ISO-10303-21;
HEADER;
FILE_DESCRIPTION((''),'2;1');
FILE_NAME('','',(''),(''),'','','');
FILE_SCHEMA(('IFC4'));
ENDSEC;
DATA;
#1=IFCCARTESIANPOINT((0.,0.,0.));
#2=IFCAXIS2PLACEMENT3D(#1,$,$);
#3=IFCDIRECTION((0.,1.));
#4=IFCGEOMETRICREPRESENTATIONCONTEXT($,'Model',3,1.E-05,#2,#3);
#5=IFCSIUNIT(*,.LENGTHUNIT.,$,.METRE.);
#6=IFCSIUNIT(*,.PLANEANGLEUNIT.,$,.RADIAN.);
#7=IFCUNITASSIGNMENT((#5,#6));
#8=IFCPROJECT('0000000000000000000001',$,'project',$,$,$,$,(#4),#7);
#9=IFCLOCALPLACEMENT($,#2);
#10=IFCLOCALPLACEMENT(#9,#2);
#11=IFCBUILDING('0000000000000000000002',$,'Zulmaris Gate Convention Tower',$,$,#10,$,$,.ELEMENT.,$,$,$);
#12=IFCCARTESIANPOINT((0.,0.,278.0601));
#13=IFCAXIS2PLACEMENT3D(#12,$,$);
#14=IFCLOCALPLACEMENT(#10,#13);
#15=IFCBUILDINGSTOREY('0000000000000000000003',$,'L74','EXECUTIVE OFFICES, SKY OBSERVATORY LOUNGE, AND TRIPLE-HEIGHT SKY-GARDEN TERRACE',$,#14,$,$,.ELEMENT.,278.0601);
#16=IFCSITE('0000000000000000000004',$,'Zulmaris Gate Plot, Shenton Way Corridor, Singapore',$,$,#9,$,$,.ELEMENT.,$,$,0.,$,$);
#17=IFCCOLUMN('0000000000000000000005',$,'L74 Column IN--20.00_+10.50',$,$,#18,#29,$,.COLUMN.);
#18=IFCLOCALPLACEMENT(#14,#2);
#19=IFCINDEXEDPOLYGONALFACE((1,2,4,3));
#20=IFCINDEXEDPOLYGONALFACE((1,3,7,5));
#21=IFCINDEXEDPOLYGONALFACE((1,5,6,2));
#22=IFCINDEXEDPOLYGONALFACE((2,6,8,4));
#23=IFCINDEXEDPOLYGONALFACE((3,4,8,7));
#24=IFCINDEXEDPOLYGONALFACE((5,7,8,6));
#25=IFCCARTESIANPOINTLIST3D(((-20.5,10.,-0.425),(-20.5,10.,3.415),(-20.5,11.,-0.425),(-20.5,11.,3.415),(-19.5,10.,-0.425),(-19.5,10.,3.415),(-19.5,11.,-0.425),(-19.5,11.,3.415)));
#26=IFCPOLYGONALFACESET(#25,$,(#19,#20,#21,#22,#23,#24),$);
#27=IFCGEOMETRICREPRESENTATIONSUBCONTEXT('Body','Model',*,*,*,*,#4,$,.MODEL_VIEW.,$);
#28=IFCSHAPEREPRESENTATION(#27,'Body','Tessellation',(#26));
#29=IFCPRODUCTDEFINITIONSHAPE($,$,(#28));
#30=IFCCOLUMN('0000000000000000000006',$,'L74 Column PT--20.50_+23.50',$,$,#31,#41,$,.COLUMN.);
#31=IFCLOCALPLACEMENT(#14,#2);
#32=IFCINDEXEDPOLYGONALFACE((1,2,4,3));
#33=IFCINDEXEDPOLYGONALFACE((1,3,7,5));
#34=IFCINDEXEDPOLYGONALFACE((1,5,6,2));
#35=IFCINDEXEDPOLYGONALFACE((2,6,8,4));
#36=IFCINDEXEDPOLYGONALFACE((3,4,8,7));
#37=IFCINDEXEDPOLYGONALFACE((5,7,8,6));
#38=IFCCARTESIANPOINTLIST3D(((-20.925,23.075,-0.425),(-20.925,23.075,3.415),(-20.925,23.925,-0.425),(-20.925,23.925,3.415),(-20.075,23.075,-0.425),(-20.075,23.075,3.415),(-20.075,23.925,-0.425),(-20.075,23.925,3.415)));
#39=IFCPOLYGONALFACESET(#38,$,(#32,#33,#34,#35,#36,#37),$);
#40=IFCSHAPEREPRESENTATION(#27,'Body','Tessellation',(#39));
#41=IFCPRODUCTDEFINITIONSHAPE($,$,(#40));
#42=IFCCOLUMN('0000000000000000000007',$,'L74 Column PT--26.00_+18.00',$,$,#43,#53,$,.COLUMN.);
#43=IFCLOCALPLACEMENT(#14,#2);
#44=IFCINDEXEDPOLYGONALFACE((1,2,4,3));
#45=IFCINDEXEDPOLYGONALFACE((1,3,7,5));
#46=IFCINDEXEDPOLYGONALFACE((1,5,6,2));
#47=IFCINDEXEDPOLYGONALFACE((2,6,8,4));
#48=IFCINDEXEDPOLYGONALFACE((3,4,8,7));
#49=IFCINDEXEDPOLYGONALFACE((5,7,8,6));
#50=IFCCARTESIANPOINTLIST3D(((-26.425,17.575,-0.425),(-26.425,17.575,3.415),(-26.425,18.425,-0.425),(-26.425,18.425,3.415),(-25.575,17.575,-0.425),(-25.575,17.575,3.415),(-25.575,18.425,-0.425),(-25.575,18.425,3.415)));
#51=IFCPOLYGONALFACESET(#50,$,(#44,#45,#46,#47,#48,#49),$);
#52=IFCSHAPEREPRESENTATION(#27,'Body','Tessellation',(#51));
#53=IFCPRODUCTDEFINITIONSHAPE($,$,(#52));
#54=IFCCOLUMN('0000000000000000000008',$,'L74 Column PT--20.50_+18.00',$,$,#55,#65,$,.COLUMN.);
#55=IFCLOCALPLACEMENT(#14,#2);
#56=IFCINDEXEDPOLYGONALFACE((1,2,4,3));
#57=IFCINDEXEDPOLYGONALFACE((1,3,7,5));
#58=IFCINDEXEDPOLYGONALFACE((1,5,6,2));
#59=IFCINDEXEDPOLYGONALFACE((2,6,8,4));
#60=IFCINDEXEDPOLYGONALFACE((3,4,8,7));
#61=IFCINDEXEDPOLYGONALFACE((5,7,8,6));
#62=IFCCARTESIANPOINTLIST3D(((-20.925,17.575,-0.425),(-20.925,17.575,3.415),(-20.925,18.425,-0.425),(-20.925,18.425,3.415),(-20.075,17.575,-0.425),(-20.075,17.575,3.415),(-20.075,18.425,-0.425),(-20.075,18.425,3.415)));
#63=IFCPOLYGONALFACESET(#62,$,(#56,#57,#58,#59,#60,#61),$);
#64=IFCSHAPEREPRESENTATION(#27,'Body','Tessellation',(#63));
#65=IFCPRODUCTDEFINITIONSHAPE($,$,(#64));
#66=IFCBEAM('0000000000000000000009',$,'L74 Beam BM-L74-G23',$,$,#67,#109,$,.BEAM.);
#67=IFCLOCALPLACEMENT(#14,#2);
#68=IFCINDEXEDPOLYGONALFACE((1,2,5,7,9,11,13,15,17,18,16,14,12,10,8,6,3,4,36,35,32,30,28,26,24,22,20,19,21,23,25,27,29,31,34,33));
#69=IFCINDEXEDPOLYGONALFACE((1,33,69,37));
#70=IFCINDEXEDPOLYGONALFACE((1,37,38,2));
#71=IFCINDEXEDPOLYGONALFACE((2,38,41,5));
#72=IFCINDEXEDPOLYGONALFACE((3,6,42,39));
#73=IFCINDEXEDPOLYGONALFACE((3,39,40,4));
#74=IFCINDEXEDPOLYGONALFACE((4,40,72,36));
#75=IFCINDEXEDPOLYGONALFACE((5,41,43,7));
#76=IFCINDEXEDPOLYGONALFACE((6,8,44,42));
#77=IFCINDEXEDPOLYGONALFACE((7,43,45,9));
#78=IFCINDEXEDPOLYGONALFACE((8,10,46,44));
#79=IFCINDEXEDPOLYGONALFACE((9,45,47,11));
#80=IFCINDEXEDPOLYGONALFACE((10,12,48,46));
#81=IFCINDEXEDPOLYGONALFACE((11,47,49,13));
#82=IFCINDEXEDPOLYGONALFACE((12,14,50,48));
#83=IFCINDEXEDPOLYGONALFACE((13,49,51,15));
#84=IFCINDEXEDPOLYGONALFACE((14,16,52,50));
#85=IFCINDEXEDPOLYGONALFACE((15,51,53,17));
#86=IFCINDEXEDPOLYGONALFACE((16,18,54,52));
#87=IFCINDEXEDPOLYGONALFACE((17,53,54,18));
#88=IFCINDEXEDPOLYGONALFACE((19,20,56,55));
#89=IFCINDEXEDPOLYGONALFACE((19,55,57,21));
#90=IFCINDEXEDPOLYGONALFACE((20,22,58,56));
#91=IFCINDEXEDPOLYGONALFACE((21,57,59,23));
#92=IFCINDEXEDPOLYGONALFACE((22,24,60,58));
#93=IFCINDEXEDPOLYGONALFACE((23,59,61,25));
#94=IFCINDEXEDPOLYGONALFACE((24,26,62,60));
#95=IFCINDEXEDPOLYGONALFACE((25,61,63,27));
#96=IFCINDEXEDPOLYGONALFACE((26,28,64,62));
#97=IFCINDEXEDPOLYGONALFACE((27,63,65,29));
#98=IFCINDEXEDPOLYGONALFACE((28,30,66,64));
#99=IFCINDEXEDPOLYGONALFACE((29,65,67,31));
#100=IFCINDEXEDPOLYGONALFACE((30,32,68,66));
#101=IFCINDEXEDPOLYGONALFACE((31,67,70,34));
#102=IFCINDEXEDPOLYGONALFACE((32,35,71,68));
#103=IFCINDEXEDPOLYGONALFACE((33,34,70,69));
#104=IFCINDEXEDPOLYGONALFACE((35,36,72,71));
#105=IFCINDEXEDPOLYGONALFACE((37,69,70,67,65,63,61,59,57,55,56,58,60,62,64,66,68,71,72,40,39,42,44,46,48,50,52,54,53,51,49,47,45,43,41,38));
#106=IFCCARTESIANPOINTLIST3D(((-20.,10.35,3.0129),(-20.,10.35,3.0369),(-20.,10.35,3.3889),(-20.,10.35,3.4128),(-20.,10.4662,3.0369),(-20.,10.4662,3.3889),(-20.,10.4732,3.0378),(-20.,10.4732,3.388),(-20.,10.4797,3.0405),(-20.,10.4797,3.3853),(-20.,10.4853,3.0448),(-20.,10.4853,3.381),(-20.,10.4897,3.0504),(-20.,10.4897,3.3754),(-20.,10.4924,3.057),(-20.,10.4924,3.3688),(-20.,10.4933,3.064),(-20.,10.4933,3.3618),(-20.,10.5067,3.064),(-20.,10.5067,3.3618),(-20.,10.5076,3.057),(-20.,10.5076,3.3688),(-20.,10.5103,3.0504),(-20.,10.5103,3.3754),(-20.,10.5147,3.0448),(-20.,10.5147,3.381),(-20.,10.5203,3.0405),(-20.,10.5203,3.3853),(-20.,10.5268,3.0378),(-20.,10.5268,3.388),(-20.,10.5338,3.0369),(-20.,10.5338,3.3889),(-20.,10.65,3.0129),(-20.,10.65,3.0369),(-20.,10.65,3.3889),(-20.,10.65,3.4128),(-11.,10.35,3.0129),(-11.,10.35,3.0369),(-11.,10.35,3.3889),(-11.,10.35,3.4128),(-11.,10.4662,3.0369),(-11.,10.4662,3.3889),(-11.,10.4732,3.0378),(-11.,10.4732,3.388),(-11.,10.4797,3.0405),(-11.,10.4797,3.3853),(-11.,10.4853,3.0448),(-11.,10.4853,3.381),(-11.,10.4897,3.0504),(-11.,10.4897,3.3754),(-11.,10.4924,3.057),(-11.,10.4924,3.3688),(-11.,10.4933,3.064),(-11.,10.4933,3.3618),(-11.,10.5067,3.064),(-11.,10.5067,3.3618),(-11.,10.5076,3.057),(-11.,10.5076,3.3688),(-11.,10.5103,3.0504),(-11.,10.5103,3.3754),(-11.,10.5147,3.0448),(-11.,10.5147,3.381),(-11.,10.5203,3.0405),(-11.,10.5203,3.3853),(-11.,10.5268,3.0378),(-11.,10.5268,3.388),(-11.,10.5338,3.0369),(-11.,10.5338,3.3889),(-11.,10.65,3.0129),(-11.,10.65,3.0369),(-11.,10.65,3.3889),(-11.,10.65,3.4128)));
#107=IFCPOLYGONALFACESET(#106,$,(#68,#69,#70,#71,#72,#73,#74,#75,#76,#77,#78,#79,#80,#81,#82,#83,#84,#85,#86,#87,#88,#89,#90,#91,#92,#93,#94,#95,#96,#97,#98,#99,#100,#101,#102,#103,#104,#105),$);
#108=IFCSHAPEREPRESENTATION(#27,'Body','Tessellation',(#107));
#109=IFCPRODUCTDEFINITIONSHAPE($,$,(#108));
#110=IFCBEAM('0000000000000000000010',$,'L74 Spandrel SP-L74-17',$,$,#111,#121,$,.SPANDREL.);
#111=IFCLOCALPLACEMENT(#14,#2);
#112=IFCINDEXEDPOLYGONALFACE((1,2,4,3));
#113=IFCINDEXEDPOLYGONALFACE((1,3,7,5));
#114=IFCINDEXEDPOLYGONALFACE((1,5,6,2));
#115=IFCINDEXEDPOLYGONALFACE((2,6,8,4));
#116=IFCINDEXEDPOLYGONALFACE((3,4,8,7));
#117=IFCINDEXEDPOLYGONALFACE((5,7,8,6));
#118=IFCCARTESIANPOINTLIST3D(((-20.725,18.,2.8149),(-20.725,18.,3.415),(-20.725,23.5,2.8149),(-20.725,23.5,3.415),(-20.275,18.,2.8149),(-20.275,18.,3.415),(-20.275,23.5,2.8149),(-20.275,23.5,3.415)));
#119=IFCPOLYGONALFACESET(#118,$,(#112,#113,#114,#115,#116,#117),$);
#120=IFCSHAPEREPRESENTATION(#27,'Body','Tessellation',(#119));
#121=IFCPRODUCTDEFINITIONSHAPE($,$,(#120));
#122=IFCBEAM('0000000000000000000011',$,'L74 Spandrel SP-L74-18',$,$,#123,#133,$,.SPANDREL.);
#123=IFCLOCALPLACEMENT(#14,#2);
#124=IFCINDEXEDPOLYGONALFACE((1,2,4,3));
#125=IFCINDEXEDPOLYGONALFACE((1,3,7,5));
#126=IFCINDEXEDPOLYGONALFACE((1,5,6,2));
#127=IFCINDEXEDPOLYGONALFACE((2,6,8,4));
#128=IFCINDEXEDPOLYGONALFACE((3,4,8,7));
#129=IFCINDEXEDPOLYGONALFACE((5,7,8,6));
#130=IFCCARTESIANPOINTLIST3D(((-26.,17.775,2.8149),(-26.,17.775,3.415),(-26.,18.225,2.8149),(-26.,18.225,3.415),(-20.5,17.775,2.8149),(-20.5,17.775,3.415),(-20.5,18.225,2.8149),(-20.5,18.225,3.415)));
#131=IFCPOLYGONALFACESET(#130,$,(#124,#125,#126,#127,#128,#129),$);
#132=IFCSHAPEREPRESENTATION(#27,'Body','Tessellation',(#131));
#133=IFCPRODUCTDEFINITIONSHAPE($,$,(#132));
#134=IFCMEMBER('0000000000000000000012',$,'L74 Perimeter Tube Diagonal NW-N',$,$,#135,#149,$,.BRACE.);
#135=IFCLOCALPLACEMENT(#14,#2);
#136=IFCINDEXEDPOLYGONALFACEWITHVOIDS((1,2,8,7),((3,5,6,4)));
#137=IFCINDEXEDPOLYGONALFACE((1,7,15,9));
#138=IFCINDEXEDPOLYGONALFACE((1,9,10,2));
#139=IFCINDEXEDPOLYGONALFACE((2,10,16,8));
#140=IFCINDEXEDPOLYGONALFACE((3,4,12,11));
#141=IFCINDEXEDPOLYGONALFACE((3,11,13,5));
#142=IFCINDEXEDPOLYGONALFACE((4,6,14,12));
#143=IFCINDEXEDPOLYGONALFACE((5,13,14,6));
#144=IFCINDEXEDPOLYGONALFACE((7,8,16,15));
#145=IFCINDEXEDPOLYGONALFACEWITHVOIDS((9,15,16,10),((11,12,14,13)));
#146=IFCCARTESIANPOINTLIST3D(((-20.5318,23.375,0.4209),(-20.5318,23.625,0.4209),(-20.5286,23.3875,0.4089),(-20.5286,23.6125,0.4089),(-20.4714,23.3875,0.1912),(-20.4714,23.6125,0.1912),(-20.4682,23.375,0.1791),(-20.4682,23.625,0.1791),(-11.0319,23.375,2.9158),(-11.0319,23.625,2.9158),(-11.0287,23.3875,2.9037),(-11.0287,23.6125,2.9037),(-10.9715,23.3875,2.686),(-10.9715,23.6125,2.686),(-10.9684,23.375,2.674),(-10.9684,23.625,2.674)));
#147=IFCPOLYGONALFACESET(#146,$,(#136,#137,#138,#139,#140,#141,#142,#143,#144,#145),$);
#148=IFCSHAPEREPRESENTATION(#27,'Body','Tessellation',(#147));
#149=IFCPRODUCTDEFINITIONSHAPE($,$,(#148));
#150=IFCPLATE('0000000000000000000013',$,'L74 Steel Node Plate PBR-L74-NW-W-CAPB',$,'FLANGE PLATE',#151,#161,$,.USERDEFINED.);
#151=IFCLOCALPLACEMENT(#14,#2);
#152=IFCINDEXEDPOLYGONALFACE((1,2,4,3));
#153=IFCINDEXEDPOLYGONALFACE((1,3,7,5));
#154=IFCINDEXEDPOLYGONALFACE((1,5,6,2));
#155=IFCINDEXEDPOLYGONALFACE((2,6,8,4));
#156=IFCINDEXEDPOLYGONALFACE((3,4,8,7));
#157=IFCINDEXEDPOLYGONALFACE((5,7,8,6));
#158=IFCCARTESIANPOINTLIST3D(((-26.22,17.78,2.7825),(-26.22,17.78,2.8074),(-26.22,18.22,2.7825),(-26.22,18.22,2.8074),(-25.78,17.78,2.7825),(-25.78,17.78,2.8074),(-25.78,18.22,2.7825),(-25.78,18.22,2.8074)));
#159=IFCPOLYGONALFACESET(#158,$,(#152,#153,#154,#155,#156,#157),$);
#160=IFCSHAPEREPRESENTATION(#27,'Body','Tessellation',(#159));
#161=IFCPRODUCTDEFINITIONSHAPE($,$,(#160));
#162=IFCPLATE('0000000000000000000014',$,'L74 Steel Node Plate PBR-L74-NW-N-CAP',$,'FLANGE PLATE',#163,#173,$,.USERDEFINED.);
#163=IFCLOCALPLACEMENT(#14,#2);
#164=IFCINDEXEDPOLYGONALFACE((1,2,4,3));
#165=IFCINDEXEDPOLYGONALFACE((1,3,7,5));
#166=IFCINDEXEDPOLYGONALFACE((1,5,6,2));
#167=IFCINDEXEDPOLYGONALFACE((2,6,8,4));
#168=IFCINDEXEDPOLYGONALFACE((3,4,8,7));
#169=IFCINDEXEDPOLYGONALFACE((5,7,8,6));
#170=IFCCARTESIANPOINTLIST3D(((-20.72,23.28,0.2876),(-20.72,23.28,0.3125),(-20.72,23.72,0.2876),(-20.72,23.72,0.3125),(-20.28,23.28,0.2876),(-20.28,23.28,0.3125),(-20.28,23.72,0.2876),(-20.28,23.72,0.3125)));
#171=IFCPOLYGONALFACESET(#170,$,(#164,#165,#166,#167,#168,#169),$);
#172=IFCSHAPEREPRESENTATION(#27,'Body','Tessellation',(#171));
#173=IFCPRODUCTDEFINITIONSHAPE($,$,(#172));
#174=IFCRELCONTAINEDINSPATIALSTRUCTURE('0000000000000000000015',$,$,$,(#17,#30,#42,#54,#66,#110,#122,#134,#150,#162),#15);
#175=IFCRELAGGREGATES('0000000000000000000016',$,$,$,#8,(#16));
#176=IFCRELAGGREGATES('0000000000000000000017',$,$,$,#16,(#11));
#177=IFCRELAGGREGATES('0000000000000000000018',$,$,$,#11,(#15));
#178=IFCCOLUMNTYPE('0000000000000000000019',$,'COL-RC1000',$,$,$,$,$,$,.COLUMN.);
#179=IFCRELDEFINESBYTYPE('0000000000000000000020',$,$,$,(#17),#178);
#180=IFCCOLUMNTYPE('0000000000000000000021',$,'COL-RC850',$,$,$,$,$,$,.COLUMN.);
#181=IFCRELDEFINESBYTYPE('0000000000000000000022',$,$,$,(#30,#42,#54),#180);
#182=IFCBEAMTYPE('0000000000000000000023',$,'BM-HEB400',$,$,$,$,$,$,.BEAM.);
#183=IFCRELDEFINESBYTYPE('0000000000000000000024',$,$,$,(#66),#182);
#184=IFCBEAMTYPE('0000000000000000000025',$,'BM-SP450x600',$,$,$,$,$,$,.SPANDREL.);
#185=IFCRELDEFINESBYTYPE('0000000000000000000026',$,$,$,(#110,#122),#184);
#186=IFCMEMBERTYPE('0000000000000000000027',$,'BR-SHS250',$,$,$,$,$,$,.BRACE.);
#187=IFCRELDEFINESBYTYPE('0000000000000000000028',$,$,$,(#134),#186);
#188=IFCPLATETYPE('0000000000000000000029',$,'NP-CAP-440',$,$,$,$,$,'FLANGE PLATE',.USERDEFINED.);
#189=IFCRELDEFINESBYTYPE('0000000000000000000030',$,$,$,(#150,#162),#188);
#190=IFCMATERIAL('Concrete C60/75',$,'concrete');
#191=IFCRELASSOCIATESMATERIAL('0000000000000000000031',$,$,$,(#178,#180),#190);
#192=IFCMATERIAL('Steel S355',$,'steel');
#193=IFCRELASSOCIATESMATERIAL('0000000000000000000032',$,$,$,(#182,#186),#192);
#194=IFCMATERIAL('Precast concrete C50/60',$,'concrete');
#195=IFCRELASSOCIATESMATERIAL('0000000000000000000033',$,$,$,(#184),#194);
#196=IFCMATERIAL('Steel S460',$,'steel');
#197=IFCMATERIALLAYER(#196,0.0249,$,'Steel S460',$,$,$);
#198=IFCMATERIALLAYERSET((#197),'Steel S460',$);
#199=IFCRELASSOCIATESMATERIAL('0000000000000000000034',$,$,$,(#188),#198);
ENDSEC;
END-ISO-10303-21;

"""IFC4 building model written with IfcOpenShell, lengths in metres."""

from ifc_helpers import new_model, si_unit, direction, frame, origin, origin_2d, place, context, subcontext, project, spatial, rectangle, hollow_rectangle, i_section, extrude, material, layer, layer_set, material_profile, profile_set, type_object, element, save


model = new_model("IFC4")

# Units and contexts
model_context = context("Model", 3, precision=1e-05, world=origin(), true_north=direction((0.0, 1.0)))
body_context = subcontext(model_context, "Body", "Model", "MODEL_VIEW")
ifc_project = project(units=[si_unit("LENGTHUNIT", "METRE"), si_unit("PLANEANGLEUNIT", "RADIAN")], contexts=[model_context])

# Site, building, storey
site_placement = place(None, origin())
site = spatial("IfcSite", under=ifc_project, at=site_placement, Name="Zulmaris Gate Plot, Shenton Way Corridor, Singapore", CompositionType="ELEMENT", RefElevation=0.0)
building_placement = place(site_placement, origin())
building = spatial("IfcBuilding", under=site, at=building_placement, Name="Zulmaris Gate Convention Tower", CompositionType="ELEMENT")
storey_placement = place(building_placement, frame((0.0, 0.0, 278.0601)))
storey = spatial("IfcBuildingStorey", under=building, at=storey_placement, Name="L74", Description="EXECUTIVE OFFICES, SKY OBSERVATORY LOUNGE, AND TRIPLE-HEIGHT SKY-GARDEN TERRACE", CompositionType="ELEMENT", Elevation=278.0601)

# Columns
ifc_material_1 = material(Name="Concrete C60/75", Category="concrete")
ifc_material_profile_1 = material_profile(ifc_material_1, rectangle(XDim=1.0, YDim=1.0, at=origin_2d()), Name="RC COL 1000x1000")
ifc_profile_set_1 = profile_set([ifc_material_profile_1], Name="Concrete C60/75")
column_type_1 = type_object("IfcColumnType", Name="COL-RC1000", PredefinedType="COLUMN", material=ifc_profile_set_1)
column_placement = place(storey_placement, frame((-20.0, 10.5, -0.425), z_axis=(0.0, 0.0, 1.0), x_axis=(1.0, 0.0, 0.0)))
element("IfcColumn", 1, at=column_placement, inside=storey, type_object=column_type_1, Name="L74 Column IN--20.00_+10.50", PredefinedType="COLUMN", context=body_context, shape_type="SweptSolid", body=[
    extrude(rectangle(XDim=1.0, YDim=1.0, at=origin_2d()), origin(), (0.0, 0.0, 1.0), 3.8401),
])
ifc_material_profile_2 = material_profile(ifc_material_1, rectangle(XDim=0.8501, YDim=0.8501, at=origin_2d()), Name="RC COL 850x850")
ifc_profile_set_2 = profile_set([ifc_material_profile_2], Name="Concrete C60/75")
column_type_2 = type_object("IfcColumnType", Name="COL-RC850", PredefinedType="COLUMN", material=ifc_profile_set_2)
for number, where, z_axis, x_axis, name in (
    (2, (-20.5, 23.5, -0.425), (0.0, 0.0, 1.0), (1.0, 0.0, 0.0), "L74 Column PT--20.50_+23.50"),
    (3, (-26.0, 18.0, -0.425), (0.0, 0.0, 1.0), (1.0, 0.0, 0.0), "L74 Column PT--26.00_+18.00"),
    (4, (-20.5, 18.0, -0.425), (0.0, 0.0, 1.0), (1.0, 0.0, 0.0), "L74 Column PT--20.50_+18.00"),
):
    element("IfcColumn", number, at=place(storey_placement, frame(where, z_axis=z_axis, x_axis=x_axis)), inside=storey, type_object=column_type_2, Name=name, PredefinedType="COLUMN", context=body_context, shape_type="SweptSolid", body=[
        extrude(rectangle(XDim=0.8501, YDim=0.8501, at=origin_2d()), origin(), (0.0, 0.0, 1.0), 3.8401),
    ])

# Beams
ifc_material_2 = material(Name="Steel S355", Category="steel")
ifc_material_profile_3 = material_profile(ifc_material_2, i_section(OverallWidth=0.3, OverallDepth=0.3999, WebThickness=0.0134, FlangeThickness=0.0239, FilletRadius=0.0271, at=origin_2d()), Name="HEB 400")
ifc_profile_set_3 = profile_set([ifc_material_profile_3], Name="Steel S355")
beam_type_1 = type_object("IfcBeamType", Name="BM-HEB400", PredefinedType="BEAM", material=ifc_profile_set_3)
beam_placement = place(storey_placement, frame((-20.0, 10.5, 3.2129), z_axis=(1.0, 0.0, 0.0), x_axis=(0.0, 1.0, 0.0)))
element("IfcBeam", 5, at=beam_placement, inside=storey, type_object=beam_type_1, Name="L74 Beam BM-L74-G23", PredefinedType="BEAM", context=body_context, shape_type="SweptSolid", body=[
    extrude(i_section(OverallWidth=0.3, OverallDepth=0.3999, WebThickness=0.0134, FlangeThickness=0.0239, FilletRadius=0.0271, at=origin_2d()), origin(), (0.0, 0.0, 1.0), 9.0),
])
ifc_material_3 = material(Name="Precast concrete C50/60", Category="concrete")
ifc_material_profile_4 = material_profile(ifc_material_3, rectangle(XDim=0.45, YDim=0.6001, at=origin_2d()), Name="RC SPANDREL 450x600")
ifc_profile_set_4 = profile_set([ifc_material_profile_4], Name="Precast concrete C50/60")
beam_type_2 = type_object("IfcBeamType", Name="BM-SP450x600", PredefinedType="SPANDREL", material=ifc_profile_set_4)
for number, where, z_axis, x_axis, name in (
    (6, (-20.5, 23.5, 3.115), (0.0, -1.0, 0.0), (1.0, 0.0, 0.0), "L74 Spandrel SP-L74-17"),
    (7, (-20.5, 18.0, 3.115), (-1.0, 0.0, 0.0), (0.0, -1.0, 0.0), "L74 Spandrel SP-L74-18"),
):
    element("IfcBeam", number, at=place(storey_placement, frame(where, z_axis=z_axis, x_axis=x_axis)), inside=storey, type_object=beam_type_2, Name=name, PredefinedType="SPANDREL", context=body_context, shape_type="SweptSolid", body=[
        extrude(rectangle(XDim=0.45, YDim=0.6001, at=origin_2d()), origin(), (0.0, 0.0, 1.0), 5.5),
    ])

# Member
ifc_material_profile_5 = material_profile(ifc_material_2, hollow_rectangle(XDim=0.25, YDim=0.25, WallThickness=0.0125, at=origin_2d()), Name="SHS 250x250x12.5")
ifc_profile_set_5 = profile_set([ifc_material_profile_5], Name="Steel S355")
member_type = type_object("IfcMemberType", Name="BR-SHS250", PredefinedType="BRACE", material=ifc_profile_set_5)
member_placement = place(storey_placement, frame((-20.5, 23.5, 0.3), z_axis=(0.967203, 0.0, 0.254005), x_axis=(0.0, 1.0, 0.0)))
element("IfcMember", 8, at=member_placement, inside=storey, type_object=member_type, Name="L74 Perimeter Tube Diagonal NW-N", PredefinedType="BRACE", context=body_context, shape_type="SweptSolid", body=[
    extrude(hollow_rectangle(XDim=0.25, YDim=0.25, WallThickness=0.0125, at=origin_2d()), origin(), (0.0, 0.0, 1.0), 9.822),
])

# Plates
ifc_material_4 = material(Name="Steel S460", Category="steel")
ifc_layer_1 = layer(ifc_material_4, 0.0249, Name="Steel S460")
ifc_layer_set_1 = layer_set([ifc_layer_1], Name="Steel S460")
plate_type = type_object("IfcPlateType", Name="NP-CAP-440", ElementType="FLANGE PLATE", PredefinedType="USERDEFINED", material=ifc_layer_set_1)
for number, where, z_axis, x_axis, name in (
    (9, (-26.0, 18.0, 2.7825), (0.0, 0.0, 1.0), (1.0, 0.0, 0.0), "L74 Steel Node Plate PBR-L74-NW-W-CAPB"),
    (10, (-20.5, 23.5, 0.2876), (0.0, 0.0, 1.0), (1.0, 0.0, 0.0), "L74 Steel Node Plate PBR-L74-NW-N-CAP"),
):
    element("IfcPlate", number, at=place(storey_placement, frame(where, z_axis=z_axis, x_axis=x_axis)), inside=storey, type_object=plate_type, Name=name, ObjectType="FLANGE PLATE", PredefinedType="USERDEFINED", context=body_context, shape_type="SweptSolid", body=[
        extrude(rectangle(XDim=0.4399, YDim=0.4399, at=origin_2d()), origin(), (0.0, 0.0, 1.0), 0.0249),
    ])

save(model, "model.ifc")
